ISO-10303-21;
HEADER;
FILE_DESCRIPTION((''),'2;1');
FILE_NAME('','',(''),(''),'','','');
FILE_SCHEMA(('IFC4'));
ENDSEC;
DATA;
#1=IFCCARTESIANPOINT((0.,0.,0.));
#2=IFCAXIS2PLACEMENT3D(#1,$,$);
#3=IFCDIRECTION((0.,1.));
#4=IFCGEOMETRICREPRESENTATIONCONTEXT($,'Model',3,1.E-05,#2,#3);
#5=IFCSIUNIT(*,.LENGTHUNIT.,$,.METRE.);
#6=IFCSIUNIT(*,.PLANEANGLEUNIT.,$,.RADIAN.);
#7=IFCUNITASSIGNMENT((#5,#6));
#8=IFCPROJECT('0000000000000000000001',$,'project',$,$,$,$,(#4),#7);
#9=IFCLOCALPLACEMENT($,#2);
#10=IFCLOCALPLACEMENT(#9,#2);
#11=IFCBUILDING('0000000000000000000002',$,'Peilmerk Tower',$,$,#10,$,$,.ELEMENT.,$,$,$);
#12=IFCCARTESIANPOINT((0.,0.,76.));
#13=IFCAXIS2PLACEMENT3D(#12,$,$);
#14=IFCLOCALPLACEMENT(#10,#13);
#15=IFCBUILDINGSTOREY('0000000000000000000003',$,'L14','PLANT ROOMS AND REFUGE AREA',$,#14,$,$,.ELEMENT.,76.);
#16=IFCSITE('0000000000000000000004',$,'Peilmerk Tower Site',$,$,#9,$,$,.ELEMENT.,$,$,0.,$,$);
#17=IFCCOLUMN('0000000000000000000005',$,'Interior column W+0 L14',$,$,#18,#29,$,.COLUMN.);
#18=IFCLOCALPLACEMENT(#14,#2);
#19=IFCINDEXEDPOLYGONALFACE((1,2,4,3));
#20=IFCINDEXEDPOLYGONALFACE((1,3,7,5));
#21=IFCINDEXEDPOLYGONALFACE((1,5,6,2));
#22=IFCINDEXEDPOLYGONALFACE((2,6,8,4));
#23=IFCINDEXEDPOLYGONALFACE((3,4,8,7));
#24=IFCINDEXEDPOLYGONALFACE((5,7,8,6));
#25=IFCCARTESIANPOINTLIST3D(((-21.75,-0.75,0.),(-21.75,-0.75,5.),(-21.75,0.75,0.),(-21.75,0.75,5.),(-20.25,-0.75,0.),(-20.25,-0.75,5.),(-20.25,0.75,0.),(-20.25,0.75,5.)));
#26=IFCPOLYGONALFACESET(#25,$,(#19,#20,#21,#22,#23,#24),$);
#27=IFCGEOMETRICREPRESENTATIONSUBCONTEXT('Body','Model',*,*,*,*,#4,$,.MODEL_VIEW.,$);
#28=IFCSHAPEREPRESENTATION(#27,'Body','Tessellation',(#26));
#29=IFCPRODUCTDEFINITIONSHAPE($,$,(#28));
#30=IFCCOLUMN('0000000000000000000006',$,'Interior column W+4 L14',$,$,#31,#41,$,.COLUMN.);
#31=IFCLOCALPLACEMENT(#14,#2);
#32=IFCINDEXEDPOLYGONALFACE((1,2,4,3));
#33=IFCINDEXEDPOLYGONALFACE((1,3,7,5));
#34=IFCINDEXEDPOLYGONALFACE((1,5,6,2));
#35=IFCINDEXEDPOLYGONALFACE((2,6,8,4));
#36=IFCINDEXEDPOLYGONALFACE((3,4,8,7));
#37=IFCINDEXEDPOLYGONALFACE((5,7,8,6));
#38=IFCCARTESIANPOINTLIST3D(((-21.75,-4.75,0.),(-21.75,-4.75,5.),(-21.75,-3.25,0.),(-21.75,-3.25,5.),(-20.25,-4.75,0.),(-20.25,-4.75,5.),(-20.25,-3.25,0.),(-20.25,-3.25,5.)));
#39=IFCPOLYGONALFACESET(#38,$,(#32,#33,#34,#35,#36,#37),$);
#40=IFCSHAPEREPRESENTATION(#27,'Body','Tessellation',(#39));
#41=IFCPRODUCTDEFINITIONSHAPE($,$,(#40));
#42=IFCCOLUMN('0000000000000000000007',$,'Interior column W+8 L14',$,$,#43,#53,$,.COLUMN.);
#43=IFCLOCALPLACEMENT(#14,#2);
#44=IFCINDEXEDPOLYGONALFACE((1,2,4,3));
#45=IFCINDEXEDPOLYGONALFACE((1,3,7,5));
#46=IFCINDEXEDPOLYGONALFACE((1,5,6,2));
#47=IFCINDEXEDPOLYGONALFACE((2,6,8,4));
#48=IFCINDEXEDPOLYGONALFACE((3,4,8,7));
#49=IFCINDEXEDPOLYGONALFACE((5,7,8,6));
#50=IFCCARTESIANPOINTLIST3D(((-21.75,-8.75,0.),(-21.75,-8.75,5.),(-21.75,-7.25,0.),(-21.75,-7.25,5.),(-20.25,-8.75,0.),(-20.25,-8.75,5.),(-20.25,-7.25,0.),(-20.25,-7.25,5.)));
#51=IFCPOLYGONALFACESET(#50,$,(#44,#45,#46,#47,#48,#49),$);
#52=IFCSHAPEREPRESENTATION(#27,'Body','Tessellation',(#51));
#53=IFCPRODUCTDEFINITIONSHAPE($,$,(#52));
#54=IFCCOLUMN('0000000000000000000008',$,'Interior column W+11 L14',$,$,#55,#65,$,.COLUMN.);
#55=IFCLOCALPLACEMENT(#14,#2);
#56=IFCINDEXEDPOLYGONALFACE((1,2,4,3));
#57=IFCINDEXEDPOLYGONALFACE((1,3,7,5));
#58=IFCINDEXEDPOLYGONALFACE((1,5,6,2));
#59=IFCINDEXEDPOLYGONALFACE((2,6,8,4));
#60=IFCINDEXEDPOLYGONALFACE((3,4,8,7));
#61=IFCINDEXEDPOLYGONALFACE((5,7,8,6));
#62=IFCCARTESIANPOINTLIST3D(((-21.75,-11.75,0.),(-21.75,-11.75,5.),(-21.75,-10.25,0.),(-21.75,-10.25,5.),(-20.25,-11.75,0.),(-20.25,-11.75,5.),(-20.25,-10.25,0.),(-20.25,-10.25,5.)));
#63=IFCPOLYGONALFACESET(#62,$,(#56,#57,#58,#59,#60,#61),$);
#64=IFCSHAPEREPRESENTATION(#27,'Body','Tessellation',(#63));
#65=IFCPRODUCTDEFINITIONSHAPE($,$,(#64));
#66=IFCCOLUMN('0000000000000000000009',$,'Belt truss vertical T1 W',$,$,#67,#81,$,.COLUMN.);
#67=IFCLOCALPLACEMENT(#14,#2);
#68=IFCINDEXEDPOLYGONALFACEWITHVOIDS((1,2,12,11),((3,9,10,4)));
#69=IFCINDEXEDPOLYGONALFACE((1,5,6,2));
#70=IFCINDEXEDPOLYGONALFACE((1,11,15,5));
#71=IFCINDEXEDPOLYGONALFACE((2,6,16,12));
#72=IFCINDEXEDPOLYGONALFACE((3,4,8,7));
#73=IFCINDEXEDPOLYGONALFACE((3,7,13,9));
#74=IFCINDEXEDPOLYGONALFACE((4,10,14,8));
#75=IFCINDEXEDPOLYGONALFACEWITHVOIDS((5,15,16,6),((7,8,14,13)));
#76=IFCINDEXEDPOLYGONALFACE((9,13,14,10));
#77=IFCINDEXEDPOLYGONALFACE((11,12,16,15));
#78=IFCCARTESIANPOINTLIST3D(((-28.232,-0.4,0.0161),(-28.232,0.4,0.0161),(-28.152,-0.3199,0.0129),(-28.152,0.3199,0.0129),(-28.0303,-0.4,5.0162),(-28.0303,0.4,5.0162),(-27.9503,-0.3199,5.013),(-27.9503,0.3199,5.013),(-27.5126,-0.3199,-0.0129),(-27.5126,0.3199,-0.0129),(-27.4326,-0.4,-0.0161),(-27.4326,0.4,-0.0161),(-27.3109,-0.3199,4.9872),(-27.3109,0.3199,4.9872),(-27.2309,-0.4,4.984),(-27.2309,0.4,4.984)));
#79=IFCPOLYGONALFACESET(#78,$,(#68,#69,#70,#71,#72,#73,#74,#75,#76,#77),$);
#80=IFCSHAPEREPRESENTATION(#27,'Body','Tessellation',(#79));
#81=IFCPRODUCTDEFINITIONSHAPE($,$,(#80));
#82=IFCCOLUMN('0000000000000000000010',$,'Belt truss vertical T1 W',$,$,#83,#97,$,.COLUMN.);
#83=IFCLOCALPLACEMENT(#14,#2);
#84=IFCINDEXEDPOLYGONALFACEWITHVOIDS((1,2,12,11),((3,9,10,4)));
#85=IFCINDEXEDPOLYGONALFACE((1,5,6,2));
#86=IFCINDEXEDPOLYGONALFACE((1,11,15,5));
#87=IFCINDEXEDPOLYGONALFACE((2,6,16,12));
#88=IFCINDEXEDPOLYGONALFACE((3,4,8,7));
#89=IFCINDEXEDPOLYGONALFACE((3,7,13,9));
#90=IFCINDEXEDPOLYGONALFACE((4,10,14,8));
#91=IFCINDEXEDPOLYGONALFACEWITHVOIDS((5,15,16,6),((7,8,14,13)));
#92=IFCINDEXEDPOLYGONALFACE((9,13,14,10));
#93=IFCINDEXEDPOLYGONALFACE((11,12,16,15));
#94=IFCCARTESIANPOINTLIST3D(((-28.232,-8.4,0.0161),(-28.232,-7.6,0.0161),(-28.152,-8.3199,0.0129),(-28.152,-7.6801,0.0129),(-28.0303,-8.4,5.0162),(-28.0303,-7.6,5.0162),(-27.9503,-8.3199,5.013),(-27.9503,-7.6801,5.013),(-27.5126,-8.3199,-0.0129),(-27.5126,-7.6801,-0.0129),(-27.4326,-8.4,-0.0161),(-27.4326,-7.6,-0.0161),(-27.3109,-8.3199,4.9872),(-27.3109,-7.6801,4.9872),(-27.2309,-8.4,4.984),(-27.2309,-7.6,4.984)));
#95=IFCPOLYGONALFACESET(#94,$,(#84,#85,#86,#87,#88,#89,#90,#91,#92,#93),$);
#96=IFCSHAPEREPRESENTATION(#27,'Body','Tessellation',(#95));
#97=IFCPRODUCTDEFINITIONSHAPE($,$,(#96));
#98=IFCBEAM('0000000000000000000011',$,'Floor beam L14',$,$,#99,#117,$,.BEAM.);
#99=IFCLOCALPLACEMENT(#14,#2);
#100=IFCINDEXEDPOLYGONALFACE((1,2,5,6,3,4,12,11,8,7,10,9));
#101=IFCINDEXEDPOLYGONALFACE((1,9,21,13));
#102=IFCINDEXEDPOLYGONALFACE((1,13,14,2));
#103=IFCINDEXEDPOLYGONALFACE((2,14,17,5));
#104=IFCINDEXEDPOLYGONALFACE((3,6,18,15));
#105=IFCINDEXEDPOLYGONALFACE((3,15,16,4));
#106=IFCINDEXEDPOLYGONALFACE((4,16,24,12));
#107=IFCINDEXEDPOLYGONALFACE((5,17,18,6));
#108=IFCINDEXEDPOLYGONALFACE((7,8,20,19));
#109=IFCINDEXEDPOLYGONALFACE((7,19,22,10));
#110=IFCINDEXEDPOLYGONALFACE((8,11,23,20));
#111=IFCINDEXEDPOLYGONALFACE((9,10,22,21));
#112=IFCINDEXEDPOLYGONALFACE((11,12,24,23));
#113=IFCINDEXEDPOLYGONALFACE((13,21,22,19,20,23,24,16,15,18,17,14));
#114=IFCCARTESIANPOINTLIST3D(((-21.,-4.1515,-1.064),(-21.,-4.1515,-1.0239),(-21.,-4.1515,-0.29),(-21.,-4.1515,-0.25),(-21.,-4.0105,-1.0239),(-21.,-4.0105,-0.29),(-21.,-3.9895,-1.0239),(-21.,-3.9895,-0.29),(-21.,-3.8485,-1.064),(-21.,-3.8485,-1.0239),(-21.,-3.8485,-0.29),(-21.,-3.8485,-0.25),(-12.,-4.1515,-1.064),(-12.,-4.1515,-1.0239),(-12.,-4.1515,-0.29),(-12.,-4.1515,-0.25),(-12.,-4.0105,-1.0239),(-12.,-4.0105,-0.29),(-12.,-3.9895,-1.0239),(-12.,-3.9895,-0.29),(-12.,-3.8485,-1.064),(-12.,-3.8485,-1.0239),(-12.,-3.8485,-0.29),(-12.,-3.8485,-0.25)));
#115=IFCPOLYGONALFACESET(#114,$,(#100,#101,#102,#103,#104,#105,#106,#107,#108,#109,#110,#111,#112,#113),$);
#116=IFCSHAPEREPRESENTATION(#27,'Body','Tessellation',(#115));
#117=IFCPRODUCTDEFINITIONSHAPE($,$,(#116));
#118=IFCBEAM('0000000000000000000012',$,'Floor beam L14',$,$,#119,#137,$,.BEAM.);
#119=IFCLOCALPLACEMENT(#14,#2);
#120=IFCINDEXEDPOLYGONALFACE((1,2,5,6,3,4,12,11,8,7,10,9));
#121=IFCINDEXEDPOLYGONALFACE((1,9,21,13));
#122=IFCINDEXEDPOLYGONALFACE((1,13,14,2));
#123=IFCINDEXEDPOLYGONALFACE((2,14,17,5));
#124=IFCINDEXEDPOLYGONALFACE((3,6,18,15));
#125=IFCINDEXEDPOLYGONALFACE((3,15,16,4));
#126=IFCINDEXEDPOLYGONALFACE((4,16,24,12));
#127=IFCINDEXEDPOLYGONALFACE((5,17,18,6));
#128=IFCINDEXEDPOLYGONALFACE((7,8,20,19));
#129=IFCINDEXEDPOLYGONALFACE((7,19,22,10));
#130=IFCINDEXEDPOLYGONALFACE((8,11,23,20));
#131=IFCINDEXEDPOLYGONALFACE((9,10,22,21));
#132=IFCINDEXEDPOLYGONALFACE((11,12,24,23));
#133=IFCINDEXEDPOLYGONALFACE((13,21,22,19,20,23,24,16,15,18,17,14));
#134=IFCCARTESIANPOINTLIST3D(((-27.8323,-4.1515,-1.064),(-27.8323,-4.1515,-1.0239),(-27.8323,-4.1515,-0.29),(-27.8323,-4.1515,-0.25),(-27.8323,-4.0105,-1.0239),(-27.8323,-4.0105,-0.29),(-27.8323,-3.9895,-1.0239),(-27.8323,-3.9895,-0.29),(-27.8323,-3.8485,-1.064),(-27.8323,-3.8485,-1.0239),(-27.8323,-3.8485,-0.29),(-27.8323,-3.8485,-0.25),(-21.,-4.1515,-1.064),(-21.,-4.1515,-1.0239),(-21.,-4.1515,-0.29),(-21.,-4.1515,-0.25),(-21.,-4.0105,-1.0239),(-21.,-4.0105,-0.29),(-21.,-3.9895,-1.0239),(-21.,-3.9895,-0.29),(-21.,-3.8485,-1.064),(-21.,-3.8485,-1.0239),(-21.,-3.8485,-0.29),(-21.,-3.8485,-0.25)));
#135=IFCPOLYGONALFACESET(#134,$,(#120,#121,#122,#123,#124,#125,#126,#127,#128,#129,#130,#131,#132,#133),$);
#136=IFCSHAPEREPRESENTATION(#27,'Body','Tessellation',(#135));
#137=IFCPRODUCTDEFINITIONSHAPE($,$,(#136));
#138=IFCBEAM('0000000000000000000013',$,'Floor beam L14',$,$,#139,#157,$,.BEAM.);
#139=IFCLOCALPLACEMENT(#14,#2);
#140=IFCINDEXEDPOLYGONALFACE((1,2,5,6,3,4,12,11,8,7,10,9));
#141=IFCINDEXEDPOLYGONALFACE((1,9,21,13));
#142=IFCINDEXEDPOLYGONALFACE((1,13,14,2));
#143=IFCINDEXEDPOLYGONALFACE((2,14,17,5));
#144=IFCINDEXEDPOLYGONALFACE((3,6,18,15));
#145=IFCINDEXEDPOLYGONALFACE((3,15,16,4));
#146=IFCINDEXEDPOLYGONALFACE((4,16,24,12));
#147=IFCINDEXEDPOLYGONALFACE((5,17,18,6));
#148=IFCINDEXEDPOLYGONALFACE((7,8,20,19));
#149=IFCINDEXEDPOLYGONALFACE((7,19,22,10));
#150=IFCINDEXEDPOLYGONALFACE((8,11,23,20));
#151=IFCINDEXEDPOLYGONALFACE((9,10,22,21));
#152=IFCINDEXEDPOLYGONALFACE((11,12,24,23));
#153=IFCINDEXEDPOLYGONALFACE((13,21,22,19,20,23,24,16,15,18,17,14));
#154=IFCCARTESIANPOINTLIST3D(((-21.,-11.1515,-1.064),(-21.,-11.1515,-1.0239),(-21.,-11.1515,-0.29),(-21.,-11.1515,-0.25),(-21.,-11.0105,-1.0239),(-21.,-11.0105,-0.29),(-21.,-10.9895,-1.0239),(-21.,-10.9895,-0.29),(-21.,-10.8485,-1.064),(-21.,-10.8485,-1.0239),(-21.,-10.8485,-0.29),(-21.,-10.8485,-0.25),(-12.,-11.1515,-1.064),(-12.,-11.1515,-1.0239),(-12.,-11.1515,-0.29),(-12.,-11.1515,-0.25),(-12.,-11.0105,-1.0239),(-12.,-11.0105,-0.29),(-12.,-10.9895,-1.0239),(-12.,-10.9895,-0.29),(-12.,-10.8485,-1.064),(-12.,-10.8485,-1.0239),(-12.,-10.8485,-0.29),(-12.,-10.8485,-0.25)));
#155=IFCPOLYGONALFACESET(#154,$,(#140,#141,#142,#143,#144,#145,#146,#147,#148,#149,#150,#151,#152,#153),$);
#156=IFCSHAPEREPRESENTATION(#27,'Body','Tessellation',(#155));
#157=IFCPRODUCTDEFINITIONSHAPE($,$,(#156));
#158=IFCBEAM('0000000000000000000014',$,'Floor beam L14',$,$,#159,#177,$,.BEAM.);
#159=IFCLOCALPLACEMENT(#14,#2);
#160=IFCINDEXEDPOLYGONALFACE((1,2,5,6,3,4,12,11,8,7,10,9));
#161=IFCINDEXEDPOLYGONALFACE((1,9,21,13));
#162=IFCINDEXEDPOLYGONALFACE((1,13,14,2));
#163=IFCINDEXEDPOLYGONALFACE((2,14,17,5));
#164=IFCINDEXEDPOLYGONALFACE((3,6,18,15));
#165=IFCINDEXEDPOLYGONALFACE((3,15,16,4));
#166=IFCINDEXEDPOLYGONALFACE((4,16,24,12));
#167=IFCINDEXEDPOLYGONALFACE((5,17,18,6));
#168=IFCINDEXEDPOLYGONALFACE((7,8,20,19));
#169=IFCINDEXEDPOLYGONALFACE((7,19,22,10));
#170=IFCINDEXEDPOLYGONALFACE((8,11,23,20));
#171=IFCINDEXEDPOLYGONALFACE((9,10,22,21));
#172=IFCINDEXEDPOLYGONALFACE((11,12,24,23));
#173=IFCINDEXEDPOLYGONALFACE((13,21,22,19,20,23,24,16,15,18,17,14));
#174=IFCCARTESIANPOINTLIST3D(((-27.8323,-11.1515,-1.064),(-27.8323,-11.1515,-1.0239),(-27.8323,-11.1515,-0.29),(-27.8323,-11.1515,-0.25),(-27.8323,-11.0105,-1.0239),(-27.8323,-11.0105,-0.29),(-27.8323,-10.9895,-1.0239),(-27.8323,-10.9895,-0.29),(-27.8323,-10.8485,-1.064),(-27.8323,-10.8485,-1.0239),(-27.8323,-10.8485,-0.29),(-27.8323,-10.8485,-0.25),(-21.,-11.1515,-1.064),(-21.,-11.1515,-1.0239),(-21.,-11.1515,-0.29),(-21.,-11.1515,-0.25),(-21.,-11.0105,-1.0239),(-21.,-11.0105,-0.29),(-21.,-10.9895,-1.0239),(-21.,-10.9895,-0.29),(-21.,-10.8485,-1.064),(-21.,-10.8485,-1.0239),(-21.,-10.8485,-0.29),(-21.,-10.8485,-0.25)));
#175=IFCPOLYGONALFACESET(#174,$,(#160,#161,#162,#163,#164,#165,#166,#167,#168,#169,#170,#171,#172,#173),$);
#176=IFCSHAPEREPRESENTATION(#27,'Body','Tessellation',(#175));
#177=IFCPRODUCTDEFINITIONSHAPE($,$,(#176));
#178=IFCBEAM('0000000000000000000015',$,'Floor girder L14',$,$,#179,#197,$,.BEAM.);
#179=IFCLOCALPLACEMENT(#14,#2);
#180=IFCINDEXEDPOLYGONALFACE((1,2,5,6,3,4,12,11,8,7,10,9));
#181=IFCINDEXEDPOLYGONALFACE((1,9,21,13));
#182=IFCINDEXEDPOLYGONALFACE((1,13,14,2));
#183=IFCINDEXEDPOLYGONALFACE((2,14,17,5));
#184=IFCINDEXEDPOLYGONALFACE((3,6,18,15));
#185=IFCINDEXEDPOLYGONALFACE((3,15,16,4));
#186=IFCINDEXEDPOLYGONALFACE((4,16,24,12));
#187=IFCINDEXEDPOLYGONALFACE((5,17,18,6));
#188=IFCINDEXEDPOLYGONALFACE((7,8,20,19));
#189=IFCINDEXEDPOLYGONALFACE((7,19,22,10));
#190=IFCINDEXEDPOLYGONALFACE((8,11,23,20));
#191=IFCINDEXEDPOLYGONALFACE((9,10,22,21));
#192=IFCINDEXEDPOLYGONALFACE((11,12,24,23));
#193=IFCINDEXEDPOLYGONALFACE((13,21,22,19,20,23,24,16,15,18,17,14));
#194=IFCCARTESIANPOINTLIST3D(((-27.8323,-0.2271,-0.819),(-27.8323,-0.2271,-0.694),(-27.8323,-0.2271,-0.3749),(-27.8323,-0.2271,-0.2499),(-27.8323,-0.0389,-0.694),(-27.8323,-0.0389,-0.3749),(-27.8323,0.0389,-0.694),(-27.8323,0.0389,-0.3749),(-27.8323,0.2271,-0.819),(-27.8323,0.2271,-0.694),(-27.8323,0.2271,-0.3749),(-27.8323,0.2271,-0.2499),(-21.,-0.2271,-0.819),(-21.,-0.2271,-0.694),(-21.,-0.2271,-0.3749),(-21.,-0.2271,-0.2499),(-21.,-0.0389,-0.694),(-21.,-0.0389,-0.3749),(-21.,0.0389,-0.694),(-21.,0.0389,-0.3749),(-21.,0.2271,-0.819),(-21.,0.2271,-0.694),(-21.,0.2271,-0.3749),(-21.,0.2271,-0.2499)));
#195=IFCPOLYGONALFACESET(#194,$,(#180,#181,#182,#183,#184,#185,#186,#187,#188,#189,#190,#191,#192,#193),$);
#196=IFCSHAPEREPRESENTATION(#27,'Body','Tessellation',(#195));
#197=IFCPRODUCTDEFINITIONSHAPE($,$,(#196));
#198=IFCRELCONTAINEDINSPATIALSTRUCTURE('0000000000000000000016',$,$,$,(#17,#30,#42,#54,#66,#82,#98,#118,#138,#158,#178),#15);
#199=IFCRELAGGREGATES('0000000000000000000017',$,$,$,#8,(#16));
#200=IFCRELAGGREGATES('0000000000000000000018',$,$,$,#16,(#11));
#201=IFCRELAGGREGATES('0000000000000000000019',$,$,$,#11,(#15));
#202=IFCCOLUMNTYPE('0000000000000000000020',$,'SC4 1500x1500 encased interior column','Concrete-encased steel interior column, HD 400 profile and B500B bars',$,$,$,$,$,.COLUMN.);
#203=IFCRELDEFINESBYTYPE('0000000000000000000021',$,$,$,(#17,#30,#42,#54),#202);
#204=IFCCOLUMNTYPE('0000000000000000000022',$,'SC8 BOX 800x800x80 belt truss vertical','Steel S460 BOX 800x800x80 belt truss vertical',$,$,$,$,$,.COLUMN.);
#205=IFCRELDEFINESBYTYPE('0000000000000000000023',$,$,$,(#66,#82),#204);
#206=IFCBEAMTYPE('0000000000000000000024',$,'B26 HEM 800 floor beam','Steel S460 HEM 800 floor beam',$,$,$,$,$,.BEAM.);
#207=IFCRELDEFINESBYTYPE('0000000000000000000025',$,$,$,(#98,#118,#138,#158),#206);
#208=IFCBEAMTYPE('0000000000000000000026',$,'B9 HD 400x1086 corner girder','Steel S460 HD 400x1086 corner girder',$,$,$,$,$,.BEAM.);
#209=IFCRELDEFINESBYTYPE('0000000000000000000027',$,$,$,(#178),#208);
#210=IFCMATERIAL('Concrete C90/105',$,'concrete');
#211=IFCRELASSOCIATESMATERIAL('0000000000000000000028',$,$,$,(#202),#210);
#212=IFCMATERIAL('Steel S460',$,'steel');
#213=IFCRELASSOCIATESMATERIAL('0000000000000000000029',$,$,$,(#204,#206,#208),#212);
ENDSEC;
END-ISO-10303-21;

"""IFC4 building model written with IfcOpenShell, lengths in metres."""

from ifc_helpers import new_model, si_unit, direction, frame, origin, origin_2d, place, context, subcontext, project, spatial, rectangle, hollow_rectangle, i_section, extrude, material, material_profile, profile_set, type_object, element, save


model = new_model("IFC4")

# Units and contexts
model_context = context("Model", 3, precision=1e-05, world=origin(), true_north=direction((0.0, 1.0)))
body_context = subcontext(model_context, "Body", "Model", "MODEL_VIEW")
ifc_project = project(units=[si_unit("LENGTHUNIT", "METRE"), si_unit("PLANEANGLEUNIT", "RADIAN")], contexts=[model_context])

# Site, building, storey
site_placement = place(None, origin())
site = spatial("IfcSite", under=ifc_project, at=site_placement, Name="Peilmerk Tower Site", CompositionType="ELEMENT", RefElevation=0.0)
building_placement = place(site_placement, origin())
building = spatial("IfcBuilding", under=site, at=building_placement, Name="Peilmerk Tower", CompositionType="ELEMENT")
storey_placement = place(building_placement, frame((0.0, 0.0, 76.0)))
storey = spatial("IfcBuildingStorey", under=building, at=storey_placement, Name="L14", Description="PLANT ROOMS AND REFUGE AREA", CompositionType="ELEMENT", Elevation=76.0)

# Columns
ifc_material_1 = material(Name="Concrete C90/105", Category="concrete")
ifc_material_profile_1 = material_profile(ifc_material_1, rectangle(XDim=1.5, YDim=1.5, at=origin_2d()), Name="RC 1500x1500")
ifc_profile_set_1 = profile_set([ifc_material_profile_1], Name="Concrete C90/105")
column_type_1 = type_object("IfcColumnType", Name="SC4 1500x1500 encased interior column", Description="Concrete-encased steel interior column, HD 400 profile and B500B bars", PredefinedType="COLUMN", material=ifc_profile_set_1)
for number, where, z_axis, x_axis, name in (
    (1, (-21.0, 0.0, 0.0), (0.0, 0.0, 1.0), (1.0, 0.0, 0.0), "Interior column W+0 L14"),
    (2, (-21.0, -4.0, 0.0), (0.0, 0.0, 1.0), (1.0, 0.0, 0.0), "Interior column W+4 L14"),
    (3, (-21.0, -8.0, 0.0), (0.0, 0.0, 1.0), (1.0, 0.0, 0.0), "Interior column W+8 L14"),
    (4, (-21.0, -11.0, 0.0), (0.0, 0.0, 1.0), (1.0, 0.0, 0.0), "Interior column W+11 L14"),
):
    element("IfcColumn", number, at=place(storey_placement, frame(where, z_axis=z_axis, x_axis=x_axis)), inside=storey, type_object=column_type_1, Name=name, PredefinedType="COLUMN", context=body_context, shape_type="SweptSolid", body=[
        extrude(rectangle(XDim=1.5, YDim=1.5, at=origin_2d()), origin(), (0.0, 0.0, 1.0), 5.0),
    ])
ifc_material_2 = material(Name="Steel S460", Category="steel")
ifc_material_profile_2 = material_profile(ifc_material_2, hollow_rectangle(XDim=0.8, YDim=0.8, WallThickness=0.0801, at=origin_2d()), Name="BOX 800x800x80")
ifc_profile_set_2 = profile_set([ifc_material_profile_2], Name="Steel S460")
column_type_2 = type_object("IfcColumnType", Name="SC8 BOX 800x800x80 belt truss vertical", Description="Steel S460 BOX 800x800x80 belt truss vertical", PredefinedType="COLUMN", material=ifc_profile_set_2)
for number, where, z_axis, x_axis, name in (
    (5, (-27.8323, 0.0, 0.0), (0.040299, 0.0, 0.999188), (0.0, 1.0, 0.0), "Belt truss vertical T1 W"),
    (6, (-27.8323, -8.0, 0.0), (0.040299, 0.0, 0.999188), (0.0, 1.0, 0.0), "Belt truss vertical T1 W"),
):
    element("IfcColumn", number, at=place(storey_placement, frame(where, z_axis=z_axis, x_axis=x_axis)), inside=storey, type_object=column_type_2, Name=name, PredefinedType="COLUMN", context=body_context, shape_type="SweptSolid", body=[
        extrude(hollow_rectangle(XDim=0.8, YDim=0.8, WallThickness=0.0801, at=origin_2d()), origin(), (0.0, 0.0, 1.0), 5.0042),
    ])

# Beams
ifc_material_profile_3 = material_profile(ifc_material_2, i_section(OverallWidth=0.303, OverallDepth=0.814, WebThickness=0.021, FlangeThickness=0.04, at=origin_2d()), Name="HEM 800")
ifc_profile_set_3 = profile_set([ifc_material_profile_3], Name="Steel S460")
beam_type_1 = type_object("IfcBeamType", Name="B26 HEM 800 floor beam", Description="Steel S460 HEM 800 floor beam", PredefinedType="BEAM", material=ifc_profile_set_3)
beam_1_placement = place(storey_placement, frame((-12.0, -4.0, -0.657), z_axis=(-1.0, 0.0, 0.0), x_axis=(0.0, -1.0, 0.0)))
element("IfcBeam", 7, at=beam_1_placement, inside=storey, type_object=beam_type_1, Name="Floor beam L14", PredefinedType="BEAM", context=body_context, shape_type="SweptSolid", body=[
    extrude(i_section(OverallWidth=0.303, OverallDepth=0.814, WebThickness=0.021, FlangeThickness=0.04, at=origin_2d()), origin(), (0.0, 0.0, 1.0), 9.0),
])
beam_2_placement = place(storey_placement, frame((-21.0, -4.0, -0.657), z_axis=(-1.0, 0.0, 0.0), x_axis=(0.0, -1.0, 0.0)))
element("IfcBeam", 8, at=beam_2_placement, inside=storey, type_object=beam_type_1, Name="Floor beam L14", PredefinedType="BEAM", context=body_context, shape_type="SweptSolid", body=[
    extrude(i_section(OverallWidth=0.303, OverallDepth=0.814, WebThickness=0.021, FlangeThickness=0.04, at=origin_2d()), origin(), (0.0, 0.0, 1.0), 6.8323),
])
beam_3_placement = place(storey_placement, frame((-12.0, -11.0, -0.657), z_axis=(-1.0, 0.0, 0.0), x_axis=(0.0, -1.0, 0.0)))
element("IfcBeam", 9, at=beam_3_placement, inside=storey, type_object=beam_type_1, Name="Floor beam L14", PredefinedType="BEAM", context=body_context, shape_type="SweptSolid", body=[
    extrude(i_section(OverallWidth=0.303, OverallDepth=0.814, WebThickness=0.021, FlangeThickness=0.04, at=origin_2d()), origin(), (0.0, 0.0, 1.0), 9.0),
])
beam_4_placement = place(storey_placement, frame((-21.0, -11.0, -0.657), z_axis=(-1.0, 0.0, 0.0), x_axis=(0.0, -1.0, 0.0)))
element("IfcBeam", 10, at=beam_4_placement, inside=storey, type_object=beam_type_1, Name="Floor beam L14", PredefinedType="BEAM", context=body_context, shape_type="SweptSolid", body=[
    extrude(i_section(OverallWidth=0.303, OverallDepth=0.814, WebThickness=0.021, FlangeThickness=0.04, at=origin_2d()), origin(), (0.0, 0.0, 1.0), 6.8323),
])
ifc_material_profile_4 = material_profile(ifc_material_2, i_section(OverallWidth=0.4541, OverallDepth=0.5691, WebThickness=0.0779, FlangeThickness=0.125, at=origin_2d()), Name="HD 400x1086")
ifc_profile_set_4 = profile_set([ifc_material_profile_4], Name="Steel S460")
beam_type_2 = type_object("IfcBeamType", Name="B9 HD 400x1086 corner girder", Description="Steel S460 HD 400x1086 corner girder", PredefinedType="BEAM", material=ifc_profile_set_4)
beam_5_placement = place(storey_placement, frame((-21.0, 0.0, -0.5344), z_axis=(-1.0, 0.0, 0.0), x_axis=(0.0, -1.0, 0.0)))
element("IfcBeam", 11, at=beam_5_placement, inside=storey, type_object=beam_type_2, Name="Floor girder L14", PredefinedType="BEAM", context=body_context, shape_type="SweptSolid", body=[
    extrude(i_section(OverallWidth=0.4541, OverallDepth=0.5691, WebThickness=0.0779, FlangeThickness=0.125, at=origin_2d()), origin(), (0.0, 0.0, 1.0), 6.8323),
])

save(model, "model.ifc")
